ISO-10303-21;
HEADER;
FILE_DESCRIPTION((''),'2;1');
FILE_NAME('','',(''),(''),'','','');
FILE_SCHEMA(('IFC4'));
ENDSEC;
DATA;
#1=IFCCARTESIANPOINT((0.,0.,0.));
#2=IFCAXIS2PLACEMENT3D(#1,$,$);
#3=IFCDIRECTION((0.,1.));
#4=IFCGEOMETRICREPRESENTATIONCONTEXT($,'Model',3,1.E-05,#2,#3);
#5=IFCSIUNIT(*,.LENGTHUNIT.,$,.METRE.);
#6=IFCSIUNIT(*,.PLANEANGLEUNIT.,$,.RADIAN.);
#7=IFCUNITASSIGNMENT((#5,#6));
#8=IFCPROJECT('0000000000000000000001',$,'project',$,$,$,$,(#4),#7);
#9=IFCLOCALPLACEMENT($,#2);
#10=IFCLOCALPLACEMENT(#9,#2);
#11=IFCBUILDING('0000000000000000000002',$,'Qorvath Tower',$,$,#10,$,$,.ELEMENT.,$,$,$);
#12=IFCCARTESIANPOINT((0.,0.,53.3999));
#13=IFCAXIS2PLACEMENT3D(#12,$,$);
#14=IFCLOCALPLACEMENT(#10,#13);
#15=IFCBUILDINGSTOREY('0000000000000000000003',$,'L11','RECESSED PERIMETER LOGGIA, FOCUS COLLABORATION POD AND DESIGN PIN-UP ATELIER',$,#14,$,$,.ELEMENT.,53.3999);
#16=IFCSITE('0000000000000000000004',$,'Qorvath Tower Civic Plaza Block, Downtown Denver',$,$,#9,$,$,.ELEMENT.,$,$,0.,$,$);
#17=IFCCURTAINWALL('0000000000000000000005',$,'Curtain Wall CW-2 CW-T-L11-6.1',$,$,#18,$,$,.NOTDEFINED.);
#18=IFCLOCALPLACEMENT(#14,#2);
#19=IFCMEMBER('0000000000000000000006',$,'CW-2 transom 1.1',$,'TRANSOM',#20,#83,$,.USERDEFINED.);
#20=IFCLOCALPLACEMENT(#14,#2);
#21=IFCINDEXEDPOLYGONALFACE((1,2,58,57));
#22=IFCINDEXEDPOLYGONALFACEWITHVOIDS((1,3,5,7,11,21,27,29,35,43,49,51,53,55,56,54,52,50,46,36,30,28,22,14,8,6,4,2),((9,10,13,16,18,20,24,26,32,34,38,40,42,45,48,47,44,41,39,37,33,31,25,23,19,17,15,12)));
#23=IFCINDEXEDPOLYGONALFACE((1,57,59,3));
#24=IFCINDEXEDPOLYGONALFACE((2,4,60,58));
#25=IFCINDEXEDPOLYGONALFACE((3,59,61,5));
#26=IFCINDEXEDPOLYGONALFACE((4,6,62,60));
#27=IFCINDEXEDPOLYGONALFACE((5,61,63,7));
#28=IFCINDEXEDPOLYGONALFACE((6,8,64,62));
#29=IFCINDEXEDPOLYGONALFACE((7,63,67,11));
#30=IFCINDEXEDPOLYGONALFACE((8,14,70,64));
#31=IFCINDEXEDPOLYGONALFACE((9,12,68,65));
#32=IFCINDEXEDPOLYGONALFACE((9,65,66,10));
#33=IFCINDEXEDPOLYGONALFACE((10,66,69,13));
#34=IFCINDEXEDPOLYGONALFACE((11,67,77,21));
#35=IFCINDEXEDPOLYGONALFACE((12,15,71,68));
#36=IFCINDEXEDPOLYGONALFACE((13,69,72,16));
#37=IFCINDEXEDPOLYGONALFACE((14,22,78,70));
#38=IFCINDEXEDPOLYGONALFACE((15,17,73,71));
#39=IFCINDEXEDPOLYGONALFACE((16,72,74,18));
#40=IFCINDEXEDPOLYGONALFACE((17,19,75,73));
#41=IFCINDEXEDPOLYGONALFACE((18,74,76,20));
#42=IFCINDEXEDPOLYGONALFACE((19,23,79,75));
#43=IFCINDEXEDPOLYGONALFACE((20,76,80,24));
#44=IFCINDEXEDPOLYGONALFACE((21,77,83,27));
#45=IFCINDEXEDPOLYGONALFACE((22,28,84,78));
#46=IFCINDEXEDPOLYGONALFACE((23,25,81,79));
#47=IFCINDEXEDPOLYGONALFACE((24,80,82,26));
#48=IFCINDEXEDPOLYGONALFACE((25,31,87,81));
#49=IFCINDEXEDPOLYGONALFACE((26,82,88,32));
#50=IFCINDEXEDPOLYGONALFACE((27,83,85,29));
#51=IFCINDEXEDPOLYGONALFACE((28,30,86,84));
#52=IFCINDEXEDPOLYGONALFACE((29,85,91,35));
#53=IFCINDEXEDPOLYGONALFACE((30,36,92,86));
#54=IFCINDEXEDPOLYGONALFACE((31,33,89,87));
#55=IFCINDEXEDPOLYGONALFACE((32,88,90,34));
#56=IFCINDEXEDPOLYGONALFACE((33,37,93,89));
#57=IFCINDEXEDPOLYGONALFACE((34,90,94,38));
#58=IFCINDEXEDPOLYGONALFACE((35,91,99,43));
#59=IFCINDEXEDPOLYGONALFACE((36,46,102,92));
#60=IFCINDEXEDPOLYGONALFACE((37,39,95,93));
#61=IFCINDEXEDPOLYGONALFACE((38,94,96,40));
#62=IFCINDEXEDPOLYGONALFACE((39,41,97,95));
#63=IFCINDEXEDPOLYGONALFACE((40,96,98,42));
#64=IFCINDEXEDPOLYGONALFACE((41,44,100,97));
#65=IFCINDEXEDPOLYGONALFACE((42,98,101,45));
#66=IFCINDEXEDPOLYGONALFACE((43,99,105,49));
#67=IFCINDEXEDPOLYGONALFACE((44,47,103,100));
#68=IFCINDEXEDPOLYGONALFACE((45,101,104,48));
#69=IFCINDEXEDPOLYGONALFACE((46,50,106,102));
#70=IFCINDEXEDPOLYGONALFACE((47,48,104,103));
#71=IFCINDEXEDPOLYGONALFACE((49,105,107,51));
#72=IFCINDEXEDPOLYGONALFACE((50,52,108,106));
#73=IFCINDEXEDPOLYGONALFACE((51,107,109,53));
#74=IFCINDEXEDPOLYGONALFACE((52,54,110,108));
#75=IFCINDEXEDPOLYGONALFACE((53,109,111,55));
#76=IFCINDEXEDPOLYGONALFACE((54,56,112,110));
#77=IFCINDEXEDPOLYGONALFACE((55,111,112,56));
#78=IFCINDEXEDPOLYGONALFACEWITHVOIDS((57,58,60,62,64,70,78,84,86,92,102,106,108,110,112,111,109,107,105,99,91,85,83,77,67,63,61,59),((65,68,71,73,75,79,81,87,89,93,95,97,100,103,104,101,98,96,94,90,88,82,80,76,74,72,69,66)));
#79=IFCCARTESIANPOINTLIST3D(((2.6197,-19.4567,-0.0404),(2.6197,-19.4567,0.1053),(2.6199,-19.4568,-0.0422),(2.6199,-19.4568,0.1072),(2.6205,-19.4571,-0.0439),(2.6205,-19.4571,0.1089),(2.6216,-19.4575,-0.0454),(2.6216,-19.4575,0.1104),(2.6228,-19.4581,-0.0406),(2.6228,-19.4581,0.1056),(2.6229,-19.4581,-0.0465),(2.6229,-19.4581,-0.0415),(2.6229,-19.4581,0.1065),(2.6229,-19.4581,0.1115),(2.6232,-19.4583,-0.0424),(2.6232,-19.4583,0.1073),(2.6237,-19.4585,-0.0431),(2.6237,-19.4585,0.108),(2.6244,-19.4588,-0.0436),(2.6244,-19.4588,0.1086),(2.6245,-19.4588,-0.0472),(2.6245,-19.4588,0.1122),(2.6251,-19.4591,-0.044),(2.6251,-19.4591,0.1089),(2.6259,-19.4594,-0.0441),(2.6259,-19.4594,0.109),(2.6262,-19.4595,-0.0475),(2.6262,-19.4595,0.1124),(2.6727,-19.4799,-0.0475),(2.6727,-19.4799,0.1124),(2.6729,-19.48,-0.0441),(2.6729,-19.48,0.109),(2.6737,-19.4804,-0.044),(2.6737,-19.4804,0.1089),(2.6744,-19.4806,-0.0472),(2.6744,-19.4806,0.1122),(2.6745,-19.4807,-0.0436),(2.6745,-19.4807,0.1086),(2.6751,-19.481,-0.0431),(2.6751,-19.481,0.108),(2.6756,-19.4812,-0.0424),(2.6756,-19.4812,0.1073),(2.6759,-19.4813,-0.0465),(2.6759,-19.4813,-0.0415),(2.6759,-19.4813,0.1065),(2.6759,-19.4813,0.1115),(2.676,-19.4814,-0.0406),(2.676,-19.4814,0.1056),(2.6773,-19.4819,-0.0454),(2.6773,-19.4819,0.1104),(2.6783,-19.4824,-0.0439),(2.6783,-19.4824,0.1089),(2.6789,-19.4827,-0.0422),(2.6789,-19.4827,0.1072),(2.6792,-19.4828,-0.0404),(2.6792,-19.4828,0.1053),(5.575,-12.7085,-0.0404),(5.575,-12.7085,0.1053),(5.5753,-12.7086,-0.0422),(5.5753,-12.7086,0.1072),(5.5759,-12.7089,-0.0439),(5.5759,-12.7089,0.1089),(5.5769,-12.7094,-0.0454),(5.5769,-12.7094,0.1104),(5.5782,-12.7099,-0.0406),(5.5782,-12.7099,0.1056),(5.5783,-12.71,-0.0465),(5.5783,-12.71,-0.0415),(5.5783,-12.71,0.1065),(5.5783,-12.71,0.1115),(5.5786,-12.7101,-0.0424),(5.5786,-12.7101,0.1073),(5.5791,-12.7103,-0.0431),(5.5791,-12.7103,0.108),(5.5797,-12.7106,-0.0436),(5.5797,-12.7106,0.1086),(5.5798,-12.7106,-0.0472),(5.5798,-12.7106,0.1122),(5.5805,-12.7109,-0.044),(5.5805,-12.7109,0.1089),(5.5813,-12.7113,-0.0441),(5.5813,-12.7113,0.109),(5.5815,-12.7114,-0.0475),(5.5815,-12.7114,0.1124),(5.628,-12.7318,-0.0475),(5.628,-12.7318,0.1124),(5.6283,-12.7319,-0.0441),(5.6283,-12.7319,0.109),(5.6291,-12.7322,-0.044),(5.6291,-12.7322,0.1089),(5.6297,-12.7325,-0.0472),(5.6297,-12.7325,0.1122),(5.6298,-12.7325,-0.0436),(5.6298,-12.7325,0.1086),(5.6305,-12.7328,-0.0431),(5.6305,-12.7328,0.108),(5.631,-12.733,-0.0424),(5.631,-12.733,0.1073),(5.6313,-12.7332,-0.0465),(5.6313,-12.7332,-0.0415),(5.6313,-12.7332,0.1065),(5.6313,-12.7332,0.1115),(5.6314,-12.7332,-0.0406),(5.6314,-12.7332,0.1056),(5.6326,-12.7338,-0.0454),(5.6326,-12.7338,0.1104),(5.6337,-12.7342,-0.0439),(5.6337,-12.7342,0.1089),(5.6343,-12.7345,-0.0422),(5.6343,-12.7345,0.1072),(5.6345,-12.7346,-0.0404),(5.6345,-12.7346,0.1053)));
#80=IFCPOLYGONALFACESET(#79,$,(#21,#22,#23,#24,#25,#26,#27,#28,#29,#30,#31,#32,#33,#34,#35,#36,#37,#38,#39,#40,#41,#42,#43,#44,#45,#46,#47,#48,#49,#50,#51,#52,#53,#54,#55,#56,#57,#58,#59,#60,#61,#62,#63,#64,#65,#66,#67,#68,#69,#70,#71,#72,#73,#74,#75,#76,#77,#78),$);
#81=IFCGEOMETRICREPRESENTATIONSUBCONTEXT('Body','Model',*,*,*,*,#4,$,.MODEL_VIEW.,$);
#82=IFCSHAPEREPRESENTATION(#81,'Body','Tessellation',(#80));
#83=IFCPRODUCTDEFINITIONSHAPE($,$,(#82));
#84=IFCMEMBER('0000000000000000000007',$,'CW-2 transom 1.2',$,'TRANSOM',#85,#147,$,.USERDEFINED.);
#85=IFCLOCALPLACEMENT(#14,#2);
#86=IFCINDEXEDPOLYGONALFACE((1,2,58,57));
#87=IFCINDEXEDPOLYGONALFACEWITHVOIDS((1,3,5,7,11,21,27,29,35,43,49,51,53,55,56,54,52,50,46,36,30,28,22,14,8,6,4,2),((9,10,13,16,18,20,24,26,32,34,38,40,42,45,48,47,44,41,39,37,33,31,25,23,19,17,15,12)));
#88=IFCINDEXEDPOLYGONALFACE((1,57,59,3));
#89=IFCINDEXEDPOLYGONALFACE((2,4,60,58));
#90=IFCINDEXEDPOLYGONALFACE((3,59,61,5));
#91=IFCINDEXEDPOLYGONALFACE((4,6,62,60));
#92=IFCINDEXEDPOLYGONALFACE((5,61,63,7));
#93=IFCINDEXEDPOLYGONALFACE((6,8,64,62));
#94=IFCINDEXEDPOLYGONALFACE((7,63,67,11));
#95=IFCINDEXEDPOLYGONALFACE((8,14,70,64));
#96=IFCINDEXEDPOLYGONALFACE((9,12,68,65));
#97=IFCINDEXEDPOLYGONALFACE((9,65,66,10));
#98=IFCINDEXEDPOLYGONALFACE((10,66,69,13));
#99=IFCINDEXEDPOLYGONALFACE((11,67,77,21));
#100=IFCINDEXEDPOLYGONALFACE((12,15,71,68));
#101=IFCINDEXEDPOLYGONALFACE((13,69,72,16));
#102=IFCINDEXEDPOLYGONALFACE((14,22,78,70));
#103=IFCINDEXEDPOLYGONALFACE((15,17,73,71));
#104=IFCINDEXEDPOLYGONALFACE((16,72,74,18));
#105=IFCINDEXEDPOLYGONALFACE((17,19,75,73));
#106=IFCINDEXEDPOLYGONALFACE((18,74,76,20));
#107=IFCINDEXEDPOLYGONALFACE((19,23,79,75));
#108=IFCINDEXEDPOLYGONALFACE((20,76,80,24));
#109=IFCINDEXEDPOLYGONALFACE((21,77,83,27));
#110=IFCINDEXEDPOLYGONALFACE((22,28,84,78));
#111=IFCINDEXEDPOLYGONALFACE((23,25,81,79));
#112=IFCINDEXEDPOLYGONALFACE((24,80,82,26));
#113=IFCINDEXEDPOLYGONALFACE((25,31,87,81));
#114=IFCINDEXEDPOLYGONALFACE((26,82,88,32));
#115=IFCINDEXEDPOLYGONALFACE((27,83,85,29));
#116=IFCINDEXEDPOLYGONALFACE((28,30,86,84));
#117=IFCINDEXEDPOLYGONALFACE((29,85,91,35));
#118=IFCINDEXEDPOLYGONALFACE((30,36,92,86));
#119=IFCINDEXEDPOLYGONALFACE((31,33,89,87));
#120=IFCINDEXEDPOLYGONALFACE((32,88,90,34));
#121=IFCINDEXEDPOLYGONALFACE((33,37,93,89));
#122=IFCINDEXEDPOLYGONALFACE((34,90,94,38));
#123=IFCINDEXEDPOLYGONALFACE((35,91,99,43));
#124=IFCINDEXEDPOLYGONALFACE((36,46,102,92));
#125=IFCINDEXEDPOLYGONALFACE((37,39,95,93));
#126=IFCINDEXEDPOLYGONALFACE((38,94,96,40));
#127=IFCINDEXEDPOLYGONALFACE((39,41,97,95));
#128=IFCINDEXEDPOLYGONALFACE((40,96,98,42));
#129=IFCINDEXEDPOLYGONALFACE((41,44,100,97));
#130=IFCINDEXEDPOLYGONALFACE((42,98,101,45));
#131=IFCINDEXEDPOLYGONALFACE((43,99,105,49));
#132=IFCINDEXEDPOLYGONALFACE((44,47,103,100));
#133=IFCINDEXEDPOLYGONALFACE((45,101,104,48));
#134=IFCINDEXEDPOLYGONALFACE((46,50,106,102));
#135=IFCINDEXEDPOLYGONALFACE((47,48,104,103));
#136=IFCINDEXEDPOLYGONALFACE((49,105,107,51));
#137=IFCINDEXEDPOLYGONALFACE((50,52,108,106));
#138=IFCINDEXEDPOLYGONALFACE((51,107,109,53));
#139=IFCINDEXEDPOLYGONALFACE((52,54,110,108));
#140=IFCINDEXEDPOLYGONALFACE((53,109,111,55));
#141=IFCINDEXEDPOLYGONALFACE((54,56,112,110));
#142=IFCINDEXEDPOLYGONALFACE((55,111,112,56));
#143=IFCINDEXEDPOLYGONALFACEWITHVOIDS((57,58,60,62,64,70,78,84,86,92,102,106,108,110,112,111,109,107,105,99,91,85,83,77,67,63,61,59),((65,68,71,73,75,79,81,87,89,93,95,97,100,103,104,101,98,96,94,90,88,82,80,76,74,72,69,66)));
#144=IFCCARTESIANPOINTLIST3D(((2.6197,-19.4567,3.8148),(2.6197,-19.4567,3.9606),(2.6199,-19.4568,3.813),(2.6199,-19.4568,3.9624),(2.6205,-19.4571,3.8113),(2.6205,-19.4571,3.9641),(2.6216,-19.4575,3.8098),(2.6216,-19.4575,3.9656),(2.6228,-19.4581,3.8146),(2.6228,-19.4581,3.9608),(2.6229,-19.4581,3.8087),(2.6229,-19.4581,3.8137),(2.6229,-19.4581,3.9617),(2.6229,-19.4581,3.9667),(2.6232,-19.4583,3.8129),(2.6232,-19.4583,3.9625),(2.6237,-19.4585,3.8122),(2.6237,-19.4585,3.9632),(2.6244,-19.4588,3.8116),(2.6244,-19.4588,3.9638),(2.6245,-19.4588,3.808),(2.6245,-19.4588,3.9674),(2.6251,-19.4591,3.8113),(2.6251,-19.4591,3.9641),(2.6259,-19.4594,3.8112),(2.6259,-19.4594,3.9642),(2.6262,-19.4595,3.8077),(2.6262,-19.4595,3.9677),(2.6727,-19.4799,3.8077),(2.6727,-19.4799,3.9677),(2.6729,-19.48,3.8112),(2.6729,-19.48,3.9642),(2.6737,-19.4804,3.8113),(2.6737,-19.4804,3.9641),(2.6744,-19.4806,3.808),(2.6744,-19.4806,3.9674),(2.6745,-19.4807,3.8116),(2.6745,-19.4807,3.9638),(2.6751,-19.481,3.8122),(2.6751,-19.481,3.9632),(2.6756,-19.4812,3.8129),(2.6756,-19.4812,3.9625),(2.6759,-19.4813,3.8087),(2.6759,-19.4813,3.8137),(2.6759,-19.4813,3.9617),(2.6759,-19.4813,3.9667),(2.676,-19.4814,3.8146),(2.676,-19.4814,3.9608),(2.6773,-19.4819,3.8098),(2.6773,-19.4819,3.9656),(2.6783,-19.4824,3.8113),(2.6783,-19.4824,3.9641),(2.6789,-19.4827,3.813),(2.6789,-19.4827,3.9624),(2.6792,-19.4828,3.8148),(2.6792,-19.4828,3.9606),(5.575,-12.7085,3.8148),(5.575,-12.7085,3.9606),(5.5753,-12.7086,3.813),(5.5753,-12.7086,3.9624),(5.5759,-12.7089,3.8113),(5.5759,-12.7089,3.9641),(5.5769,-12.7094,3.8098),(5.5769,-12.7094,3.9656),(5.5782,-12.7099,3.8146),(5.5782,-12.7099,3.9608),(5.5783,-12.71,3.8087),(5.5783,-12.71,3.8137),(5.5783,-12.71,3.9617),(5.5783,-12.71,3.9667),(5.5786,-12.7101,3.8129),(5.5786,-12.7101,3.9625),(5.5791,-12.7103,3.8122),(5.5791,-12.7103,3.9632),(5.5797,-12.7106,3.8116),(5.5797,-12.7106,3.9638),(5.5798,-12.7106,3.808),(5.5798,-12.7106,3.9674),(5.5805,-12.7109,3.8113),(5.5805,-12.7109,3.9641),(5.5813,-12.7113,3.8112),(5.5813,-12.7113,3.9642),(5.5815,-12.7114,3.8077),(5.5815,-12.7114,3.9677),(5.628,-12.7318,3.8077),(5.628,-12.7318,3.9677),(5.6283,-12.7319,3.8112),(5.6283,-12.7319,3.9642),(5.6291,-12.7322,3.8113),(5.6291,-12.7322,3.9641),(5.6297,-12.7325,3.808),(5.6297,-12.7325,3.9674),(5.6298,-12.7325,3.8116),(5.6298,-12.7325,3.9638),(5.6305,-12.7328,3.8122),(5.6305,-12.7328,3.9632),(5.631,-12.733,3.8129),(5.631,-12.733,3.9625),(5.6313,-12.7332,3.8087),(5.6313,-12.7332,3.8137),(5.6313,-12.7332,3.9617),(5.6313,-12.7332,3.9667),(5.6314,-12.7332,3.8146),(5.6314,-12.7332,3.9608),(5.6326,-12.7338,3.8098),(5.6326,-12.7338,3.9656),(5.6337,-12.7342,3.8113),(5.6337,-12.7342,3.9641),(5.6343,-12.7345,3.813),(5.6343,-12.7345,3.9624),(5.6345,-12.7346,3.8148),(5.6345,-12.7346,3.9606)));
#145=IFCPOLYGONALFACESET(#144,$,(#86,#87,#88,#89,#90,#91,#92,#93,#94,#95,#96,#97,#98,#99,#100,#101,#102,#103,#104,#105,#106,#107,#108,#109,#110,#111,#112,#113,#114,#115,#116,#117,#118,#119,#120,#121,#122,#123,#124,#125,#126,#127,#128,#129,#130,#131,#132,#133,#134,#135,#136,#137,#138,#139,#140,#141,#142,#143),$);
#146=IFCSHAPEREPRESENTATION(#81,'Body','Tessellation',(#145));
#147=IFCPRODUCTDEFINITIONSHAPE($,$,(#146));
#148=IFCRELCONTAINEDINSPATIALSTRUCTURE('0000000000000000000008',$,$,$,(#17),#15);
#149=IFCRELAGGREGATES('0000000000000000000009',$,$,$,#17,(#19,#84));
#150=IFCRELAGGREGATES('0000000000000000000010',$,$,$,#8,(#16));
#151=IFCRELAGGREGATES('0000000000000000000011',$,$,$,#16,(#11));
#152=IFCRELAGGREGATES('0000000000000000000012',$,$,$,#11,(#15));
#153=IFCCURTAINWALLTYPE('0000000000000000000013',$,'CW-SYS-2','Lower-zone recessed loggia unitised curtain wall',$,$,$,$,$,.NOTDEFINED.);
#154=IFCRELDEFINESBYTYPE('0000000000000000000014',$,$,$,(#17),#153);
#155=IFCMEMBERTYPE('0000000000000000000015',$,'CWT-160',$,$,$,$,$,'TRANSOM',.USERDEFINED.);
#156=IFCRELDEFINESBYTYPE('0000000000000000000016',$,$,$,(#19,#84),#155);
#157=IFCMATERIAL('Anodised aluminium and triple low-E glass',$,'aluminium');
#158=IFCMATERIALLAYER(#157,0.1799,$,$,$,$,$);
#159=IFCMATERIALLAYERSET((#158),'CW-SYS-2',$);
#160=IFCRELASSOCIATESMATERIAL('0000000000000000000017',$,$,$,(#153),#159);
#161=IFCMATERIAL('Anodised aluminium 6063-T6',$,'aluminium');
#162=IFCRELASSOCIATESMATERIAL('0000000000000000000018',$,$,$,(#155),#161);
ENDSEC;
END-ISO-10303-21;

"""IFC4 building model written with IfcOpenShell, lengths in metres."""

from ifc_helpers import new_model, si_unit, direction, frame, origin, origin_2d, place, context, subcontext, project, spatial, hollow_rectangle, extrude, material, layer, layer_set, material_profile, profile_set, type_object, element, aggregate, save


model = new_model("IFC4")

# Units and contexts
model_context = context("Model", 3, precision=1e-05, world=origin(), true_north=direction((0.0, 1.0)))
body_context = subcontext(model_context, "Body", "Model", "MODEL_VIEW")
ifc_project = project(units=[si_unit("LENGTHUNIT", "METRE"), si_unit("PLANEANGLEUNIT", "RADIAN")], contexts=[model_context])

# Site, building, storey
site_placement = place(None, origin())
site = spatial("IfcSite", under=ifc_project, at=site_placement, Name="Qorvath Tower Civic Plaza Block, Downtown Denver", CompositionType="ELEMENT", RefElevation=0.0)
building_placement = place(site_placement, origin())
building = spatial("IfcBuilding", under=site, at=building_placement, Name="Qorvath Tower", CompositionType="ELEMENT")
storey_placement = place(building_placement, frame((0.0, 0.0, 53.3999)))
storey = spatial("IfcBuildingStorey", under=building, at=storey_placement, Name="L11", Description="RECESSED PERIMETER LOGGIA, FOCUS COLLABORATION POD AND DESIGN PIN-UP ATELIER", CompositionType="ELEMENT", Elevation=53.3999)

# Curtain wall
ifc_material_1 = material(Name="Anodised aluminium and triple low-E glass", Category="aluminium")
ifc_layer_1 = layer(ifc_material_1, 0.1799)
ifc_layer_set_1 = layer_set([ifc_layer_1], Name="CW-SYS-2")
curtain_wall_type = type_object("IfcCurtainWallType", Name="CW-SYS-2", Description="Lower-zone recessed loggia unitised curtain wall", PredefinedType="NOTDEFINED", material=ifc_layer_set_1)
curtain_wall_1_placement = place(storey_placement, origin())
curtain_wall_1 = element("IfcCurtainWall", 1, at=curtain_wall_1_placement, inside=storey, type_object=curtain_wall_type, Name="Curtain Wall CW-2 CW-T-L11-6.1", PredefinedType="NOTDEFINED")

# Members
ifc_material_2 = material(Name="Anodised aluminium 6063-T6", Category="aluminium")
ifc_material_profile_1 = material_profile(ifc_material_2, hollow_rectangle(XDim=0.0649, YDim=0.1599, WallThickness=0.0034, InnerFilletRadius=0.0034, OuterFilletRadius=0.0071, at=origin_2d()), Name="CWT 160x65")
ifc_profile_set_1 = profile_set([ifc_material_profile_1], Name="Anodised aluminium 6063-T6")
member_type_1 = type_object("IfcMemberType", Name="CWT-160", ElementType="TRANSOM", PredefinedType="USERDEFINED", material=ifc_profile_set_1)
member_1_placement = place(storey_placement, frame((2.6494, -19.4697, 0.0325), z_axis=(0.401167, 0.916005, 0.0), x_axis=(-0.916005, 0.401167, 0.0)))
member_1 = element("IfcMember", 2, at=member_1_placement, type_object=member_type_1, Name="CW-2 transom 1.1", ObjectType="TRANSOM", PredefinedType="USERDEFINED", context=body_context, shape_type="SweptSolid", body=[
    extrude(hollow_rectangle(XDim=0.0649, YDim=0.1599, WallThickness=0.0034, InnerFilletRadius=0.0034, OuterFilletRadius=0.0071, at=origin_2d()), origin(), (0.0, 0.0, 1.0), 7.3669),
])
member_2_placement = place(storey_placement, frame((2.6494, -19.4697, 3.8877), z_axis=(0.401167, 0.916005, 0.0), x_axis=(-0.916005, 0.401167, 0.0)))
member_2 = element("IfcMember", 3, at=member_2_placement, type_object=member_type_1, Name="CW-2 transom 1.2", ObjectType="TRANSOM", PredefinedType="USERDEFINED", context=body_context, shape_type="SweptSolid", body=[
    extrude(hollow_rectangle(XDim=0.0649, YDim=0.1599, WallThickness=0.0034, InnerFilletRadius=0.0034, OuterFilletRadius=0.0071, at=origin_2d()), origin(), (0.0, 0.0, 1.0), 7.3669),
])

aggregate(curtain_wall_1, [member_1, member_2])

save(model, "model.ifc")
